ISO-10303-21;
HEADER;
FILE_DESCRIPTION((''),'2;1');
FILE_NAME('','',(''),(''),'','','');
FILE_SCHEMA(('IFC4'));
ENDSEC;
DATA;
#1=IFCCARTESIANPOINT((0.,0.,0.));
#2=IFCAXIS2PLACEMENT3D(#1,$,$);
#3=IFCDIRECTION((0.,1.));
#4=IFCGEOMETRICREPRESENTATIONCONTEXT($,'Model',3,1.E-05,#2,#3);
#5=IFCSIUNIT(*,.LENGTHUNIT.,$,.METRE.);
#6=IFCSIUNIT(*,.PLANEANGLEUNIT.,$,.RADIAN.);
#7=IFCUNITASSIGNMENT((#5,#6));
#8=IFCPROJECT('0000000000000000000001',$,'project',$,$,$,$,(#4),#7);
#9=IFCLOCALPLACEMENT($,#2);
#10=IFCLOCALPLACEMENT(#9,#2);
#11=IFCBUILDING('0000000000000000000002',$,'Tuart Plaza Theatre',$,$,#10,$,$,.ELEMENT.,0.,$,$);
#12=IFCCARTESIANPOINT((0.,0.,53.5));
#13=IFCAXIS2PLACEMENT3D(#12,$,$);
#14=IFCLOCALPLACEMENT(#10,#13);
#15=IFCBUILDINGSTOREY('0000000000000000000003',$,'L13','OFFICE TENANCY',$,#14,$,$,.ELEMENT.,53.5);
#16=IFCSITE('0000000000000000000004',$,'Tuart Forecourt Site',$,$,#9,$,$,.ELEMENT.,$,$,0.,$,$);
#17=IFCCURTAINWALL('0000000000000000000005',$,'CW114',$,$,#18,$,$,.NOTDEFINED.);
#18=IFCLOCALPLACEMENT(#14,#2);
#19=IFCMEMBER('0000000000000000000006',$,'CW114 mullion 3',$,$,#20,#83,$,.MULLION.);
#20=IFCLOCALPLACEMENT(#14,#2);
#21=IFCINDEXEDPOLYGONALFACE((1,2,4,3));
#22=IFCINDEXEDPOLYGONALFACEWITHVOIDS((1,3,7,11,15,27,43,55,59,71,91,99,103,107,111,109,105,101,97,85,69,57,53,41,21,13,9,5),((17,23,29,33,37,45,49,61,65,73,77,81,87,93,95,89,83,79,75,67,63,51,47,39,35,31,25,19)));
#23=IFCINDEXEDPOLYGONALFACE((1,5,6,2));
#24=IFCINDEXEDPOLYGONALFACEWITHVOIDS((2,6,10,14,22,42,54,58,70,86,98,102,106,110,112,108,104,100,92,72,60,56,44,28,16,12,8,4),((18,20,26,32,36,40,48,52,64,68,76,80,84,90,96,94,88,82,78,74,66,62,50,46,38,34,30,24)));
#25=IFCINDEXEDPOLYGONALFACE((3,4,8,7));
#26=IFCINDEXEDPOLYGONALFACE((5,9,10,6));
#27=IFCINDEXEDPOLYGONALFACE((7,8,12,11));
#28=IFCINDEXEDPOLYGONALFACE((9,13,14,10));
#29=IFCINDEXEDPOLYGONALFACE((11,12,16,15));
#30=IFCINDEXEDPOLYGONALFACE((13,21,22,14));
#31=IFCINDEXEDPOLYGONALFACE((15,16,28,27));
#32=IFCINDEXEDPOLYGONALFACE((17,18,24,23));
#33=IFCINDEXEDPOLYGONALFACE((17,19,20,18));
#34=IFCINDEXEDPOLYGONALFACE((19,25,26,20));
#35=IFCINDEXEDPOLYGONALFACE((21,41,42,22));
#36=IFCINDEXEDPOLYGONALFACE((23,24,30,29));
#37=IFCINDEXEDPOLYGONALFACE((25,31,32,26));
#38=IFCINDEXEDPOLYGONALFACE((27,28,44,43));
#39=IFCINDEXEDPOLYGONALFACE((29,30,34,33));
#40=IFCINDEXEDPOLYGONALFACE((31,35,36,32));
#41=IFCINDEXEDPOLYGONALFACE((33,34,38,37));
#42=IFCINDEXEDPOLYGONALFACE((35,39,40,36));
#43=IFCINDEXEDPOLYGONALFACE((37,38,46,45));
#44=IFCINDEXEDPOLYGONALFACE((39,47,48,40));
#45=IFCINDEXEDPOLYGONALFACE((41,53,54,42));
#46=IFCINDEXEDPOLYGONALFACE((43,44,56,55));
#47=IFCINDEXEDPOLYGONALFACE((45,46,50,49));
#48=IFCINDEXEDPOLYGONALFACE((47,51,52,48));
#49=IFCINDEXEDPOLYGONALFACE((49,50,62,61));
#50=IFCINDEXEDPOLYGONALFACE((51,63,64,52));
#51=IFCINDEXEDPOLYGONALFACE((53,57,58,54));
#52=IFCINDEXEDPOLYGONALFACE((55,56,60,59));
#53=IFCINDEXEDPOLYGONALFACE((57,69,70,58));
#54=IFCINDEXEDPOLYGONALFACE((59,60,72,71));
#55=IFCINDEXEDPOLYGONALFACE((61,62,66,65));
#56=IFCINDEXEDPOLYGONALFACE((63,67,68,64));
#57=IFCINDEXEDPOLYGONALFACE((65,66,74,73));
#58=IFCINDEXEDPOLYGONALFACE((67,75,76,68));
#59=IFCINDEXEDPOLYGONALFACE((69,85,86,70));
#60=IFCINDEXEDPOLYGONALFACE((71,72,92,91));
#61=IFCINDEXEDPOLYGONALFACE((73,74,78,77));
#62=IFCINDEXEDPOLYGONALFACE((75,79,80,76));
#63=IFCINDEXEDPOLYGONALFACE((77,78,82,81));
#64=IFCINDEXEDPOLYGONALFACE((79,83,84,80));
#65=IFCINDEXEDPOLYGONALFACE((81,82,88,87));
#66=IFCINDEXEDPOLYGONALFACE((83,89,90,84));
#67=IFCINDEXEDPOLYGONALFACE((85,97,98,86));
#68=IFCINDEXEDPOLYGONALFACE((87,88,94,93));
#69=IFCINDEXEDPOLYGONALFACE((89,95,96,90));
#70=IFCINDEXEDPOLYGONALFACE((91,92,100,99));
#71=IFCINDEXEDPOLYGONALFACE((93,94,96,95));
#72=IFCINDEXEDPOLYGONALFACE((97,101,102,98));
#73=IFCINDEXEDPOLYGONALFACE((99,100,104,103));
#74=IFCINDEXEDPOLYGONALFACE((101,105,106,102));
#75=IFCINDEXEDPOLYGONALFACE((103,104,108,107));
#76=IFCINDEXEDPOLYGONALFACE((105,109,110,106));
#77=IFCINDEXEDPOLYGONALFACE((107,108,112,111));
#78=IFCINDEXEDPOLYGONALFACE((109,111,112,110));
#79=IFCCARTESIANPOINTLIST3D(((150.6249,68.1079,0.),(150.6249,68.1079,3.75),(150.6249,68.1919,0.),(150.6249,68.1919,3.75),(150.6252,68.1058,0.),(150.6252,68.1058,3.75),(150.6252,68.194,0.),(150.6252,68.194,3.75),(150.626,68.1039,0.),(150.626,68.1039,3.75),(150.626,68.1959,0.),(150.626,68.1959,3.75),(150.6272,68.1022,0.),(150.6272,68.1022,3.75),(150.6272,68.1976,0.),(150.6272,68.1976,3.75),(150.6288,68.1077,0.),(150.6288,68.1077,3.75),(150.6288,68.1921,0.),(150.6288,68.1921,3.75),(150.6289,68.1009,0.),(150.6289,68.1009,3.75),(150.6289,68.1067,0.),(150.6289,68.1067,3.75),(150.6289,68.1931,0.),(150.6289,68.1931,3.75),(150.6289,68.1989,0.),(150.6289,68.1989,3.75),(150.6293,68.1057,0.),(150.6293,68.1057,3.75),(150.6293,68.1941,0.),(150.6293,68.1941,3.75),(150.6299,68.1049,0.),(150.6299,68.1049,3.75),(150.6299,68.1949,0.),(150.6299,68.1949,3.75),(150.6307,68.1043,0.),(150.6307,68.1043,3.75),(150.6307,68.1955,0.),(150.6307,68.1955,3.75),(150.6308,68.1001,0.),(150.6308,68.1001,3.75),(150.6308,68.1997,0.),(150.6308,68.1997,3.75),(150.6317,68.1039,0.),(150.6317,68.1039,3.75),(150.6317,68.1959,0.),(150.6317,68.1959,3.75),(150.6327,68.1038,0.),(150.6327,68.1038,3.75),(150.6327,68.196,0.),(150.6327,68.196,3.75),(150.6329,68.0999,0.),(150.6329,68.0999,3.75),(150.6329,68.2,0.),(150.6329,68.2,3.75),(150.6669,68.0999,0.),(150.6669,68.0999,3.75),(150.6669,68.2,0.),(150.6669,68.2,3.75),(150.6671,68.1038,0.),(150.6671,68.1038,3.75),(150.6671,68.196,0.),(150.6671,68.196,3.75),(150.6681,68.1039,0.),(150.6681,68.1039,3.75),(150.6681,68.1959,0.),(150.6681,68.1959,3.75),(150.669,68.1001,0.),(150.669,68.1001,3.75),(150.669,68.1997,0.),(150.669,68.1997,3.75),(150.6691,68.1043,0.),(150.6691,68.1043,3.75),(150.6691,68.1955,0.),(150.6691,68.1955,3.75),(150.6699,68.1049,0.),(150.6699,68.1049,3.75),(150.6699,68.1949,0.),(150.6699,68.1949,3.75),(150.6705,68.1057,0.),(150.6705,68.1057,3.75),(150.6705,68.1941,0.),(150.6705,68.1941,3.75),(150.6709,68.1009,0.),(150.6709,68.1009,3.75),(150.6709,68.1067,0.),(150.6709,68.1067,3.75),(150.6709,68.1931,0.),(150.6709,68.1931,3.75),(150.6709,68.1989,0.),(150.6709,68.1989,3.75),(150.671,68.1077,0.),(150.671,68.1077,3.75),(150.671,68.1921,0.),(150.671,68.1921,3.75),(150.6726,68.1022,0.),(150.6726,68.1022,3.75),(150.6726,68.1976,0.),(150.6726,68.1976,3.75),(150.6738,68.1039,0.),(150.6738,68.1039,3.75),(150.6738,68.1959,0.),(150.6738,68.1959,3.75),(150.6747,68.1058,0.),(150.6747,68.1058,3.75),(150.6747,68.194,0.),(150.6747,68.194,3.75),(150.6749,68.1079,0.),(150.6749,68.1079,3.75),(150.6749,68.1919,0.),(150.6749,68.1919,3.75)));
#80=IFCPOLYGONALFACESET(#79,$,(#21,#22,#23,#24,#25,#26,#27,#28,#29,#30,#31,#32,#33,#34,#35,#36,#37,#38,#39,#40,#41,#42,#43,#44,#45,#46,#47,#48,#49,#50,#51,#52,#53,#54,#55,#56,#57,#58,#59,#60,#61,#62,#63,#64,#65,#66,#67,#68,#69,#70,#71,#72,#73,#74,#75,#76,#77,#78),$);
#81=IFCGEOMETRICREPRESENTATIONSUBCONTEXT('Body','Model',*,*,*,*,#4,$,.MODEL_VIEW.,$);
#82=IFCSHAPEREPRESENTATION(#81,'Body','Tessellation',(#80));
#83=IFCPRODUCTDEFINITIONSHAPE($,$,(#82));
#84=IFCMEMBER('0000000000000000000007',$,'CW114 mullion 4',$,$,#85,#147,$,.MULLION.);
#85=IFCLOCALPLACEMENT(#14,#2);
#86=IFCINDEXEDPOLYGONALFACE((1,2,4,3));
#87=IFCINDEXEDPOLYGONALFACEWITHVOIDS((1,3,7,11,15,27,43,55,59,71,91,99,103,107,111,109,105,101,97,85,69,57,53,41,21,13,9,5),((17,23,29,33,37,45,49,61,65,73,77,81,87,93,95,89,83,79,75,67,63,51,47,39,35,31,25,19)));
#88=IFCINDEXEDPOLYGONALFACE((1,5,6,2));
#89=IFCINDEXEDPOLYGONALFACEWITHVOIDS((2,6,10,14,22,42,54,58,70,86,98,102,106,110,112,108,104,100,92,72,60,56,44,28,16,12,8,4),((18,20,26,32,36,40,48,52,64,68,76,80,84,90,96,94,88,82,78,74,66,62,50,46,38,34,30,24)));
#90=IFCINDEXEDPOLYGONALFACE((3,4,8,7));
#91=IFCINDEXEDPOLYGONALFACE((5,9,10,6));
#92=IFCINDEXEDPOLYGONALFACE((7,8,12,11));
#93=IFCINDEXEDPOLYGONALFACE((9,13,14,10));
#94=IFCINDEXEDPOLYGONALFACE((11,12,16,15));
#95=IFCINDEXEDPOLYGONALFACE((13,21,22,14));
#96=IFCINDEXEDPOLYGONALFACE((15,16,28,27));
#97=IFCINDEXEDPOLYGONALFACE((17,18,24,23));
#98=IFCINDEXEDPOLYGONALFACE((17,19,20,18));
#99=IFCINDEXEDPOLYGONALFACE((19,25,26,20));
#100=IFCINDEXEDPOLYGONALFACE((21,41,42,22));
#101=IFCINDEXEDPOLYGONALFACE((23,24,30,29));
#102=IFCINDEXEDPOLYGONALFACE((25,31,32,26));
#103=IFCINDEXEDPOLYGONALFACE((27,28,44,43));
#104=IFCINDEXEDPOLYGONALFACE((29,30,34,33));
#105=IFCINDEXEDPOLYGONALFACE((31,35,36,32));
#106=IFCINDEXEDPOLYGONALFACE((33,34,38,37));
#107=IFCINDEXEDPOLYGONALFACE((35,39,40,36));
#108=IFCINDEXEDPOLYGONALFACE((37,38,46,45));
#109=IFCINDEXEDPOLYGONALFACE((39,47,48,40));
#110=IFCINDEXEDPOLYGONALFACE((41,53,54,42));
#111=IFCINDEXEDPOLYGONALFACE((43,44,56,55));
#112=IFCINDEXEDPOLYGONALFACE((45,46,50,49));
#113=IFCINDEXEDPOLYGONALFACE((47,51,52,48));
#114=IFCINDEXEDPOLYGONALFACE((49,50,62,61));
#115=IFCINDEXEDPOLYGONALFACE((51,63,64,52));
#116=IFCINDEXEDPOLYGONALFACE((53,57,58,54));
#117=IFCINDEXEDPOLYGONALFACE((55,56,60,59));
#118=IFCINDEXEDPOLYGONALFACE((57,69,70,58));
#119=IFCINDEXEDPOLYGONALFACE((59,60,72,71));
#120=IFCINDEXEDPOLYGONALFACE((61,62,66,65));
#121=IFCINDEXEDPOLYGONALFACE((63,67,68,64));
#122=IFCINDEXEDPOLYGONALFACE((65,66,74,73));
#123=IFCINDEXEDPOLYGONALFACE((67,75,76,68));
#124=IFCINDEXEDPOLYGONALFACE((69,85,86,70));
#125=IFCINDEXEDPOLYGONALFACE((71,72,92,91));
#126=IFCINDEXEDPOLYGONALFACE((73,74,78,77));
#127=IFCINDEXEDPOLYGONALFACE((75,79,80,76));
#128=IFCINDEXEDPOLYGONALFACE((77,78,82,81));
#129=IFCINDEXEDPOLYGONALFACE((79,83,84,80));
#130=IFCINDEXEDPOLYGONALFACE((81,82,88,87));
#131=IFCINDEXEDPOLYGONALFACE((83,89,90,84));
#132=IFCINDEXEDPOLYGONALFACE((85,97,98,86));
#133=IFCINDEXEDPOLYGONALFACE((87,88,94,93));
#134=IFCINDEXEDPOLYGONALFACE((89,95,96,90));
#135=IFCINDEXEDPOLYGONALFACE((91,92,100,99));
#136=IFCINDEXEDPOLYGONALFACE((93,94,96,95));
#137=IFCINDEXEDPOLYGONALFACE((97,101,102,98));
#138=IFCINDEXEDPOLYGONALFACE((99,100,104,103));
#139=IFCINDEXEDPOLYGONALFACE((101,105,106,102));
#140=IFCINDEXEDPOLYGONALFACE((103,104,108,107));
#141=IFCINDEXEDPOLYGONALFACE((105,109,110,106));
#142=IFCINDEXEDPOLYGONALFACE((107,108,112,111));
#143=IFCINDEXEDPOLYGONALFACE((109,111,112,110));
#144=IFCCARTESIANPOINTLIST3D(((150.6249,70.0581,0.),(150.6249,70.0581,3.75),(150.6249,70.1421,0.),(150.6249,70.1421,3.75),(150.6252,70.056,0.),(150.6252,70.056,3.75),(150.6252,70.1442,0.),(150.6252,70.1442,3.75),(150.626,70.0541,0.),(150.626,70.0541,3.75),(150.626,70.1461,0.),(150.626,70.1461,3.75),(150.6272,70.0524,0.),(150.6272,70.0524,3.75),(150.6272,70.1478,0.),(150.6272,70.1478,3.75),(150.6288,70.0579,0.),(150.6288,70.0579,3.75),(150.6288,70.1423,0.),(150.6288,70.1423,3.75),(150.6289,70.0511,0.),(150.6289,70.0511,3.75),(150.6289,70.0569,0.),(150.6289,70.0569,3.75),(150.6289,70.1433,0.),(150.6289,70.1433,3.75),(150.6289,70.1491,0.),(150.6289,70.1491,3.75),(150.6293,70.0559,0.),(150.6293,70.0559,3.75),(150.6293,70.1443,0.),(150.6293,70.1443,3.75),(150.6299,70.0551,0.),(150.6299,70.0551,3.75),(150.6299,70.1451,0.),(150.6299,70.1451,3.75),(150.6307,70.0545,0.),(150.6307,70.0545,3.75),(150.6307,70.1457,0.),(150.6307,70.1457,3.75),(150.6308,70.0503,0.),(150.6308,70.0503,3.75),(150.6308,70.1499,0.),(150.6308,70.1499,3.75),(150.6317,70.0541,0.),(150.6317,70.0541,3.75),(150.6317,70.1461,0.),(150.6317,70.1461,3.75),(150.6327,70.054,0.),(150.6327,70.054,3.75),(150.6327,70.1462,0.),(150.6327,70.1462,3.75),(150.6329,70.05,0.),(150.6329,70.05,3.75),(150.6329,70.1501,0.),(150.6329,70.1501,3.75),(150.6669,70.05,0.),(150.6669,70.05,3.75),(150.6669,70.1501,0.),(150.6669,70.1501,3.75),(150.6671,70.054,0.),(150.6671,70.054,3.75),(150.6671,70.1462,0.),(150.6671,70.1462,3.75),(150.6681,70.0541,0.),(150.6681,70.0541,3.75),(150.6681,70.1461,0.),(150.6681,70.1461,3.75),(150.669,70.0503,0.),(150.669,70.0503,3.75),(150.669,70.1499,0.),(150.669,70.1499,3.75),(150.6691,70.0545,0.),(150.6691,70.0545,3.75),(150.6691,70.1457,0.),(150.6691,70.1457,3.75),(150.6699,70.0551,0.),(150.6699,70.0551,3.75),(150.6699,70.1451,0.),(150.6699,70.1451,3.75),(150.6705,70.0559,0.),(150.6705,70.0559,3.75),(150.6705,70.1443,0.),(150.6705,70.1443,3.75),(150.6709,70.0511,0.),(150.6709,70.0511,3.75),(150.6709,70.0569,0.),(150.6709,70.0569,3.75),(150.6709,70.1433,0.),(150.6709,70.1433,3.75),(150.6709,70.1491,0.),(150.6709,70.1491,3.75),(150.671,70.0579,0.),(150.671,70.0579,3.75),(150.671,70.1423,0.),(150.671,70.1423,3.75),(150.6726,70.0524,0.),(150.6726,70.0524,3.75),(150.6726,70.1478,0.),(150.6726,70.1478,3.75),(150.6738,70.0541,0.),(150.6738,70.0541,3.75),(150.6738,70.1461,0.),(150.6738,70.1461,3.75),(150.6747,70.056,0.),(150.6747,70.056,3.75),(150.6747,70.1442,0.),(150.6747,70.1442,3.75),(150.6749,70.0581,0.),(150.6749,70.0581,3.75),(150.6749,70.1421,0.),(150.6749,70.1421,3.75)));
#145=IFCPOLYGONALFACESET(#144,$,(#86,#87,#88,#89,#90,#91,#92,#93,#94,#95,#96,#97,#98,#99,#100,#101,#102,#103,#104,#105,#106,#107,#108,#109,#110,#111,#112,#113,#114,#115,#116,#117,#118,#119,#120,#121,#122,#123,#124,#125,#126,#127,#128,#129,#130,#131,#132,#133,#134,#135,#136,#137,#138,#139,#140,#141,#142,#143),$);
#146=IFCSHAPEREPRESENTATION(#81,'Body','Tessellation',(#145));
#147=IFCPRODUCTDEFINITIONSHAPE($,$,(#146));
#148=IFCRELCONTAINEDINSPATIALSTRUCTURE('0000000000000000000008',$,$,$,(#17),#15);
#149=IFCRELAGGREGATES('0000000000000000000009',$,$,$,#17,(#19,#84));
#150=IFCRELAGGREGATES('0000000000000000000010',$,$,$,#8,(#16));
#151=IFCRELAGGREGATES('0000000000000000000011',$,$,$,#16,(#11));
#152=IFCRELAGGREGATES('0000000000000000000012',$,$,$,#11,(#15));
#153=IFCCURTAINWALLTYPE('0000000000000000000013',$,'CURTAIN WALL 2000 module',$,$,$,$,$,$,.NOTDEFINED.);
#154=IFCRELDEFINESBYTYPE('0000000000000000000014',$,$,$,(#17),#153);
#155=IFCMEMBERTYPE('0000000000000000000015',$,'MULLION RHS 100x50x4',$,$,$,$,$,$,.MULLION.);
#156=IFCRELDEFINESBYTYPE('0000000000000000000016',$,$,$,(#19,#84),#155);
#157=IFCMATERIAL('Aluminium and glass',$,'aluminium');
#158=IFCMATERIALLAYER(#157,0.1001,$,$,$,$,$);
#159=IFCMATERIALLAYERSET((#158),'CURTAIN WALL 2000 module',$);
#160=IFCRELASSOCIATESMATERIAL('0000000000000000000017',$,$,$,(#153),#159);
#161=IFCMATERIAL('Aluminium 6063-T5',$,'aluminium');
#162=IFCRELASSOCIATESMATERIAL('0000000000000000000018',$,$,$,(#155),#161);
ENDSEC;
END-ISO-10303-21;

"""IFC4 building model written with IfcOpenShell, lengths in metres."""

from ifc_helpers import new_model, si_unit, direction, frame, origin, origin_2d, place, context, subcontext, project, spatial, hollow_rectangle, extrude, material, layer, layer_set, material_profile, profile_set, type_object, element, aggregate, save


model = new_model("IFC4")

# Units and contexts
model_context = context("Model", 3, precision=1e-05, world=origin(), true_north=direction((0.0, 1.0)))
body_context = subcontext(model_context, "Body", "Model", "MODEL_VIEW")
ifc_project = project(units=[si_unit("LENGTHUNIT", "METRE"), si_unit("PLANEANGLEUNIT", "RADIAN")], contexts=[model_context])

# Site, building, storey
site_placement = place(None, origin())
site = spatial("IfcSite", under=ifc_project, at=site_placement, Name="Tuart Forecourt Site", CompositionType="ELEMENT", RefElevation=0.0)
building_placement = place(site_placement, origin())
building = spatial("IfcBuilding", under=site, at=building_placement, Name="Tuart Plaza Theatre", CompositionType="ELEMENT", ElevationOfRefHeight=0.0)
storey_placement = place(building_placement, frame((0.0, 0.0, 53.5)))
storey = spatial("IfcBuildingStorey", under=building, at=storey_placement, Name="L13", Description="OFFICE TENANCY", CompositionType="ELEMENT", Elevation=53.5)

# Shared definitions
ifc_material_1 = material(Name="Aluminium and glass", Category="aluminium")
ifc_layer_1 = layer(ifc_material_1, 0.1001)
ifc_layer_set_1 = layer_set([ifc_layer_1], Name="CURTAIN WALL 2000 module")
curtain_wall_type = type_object("IfcCurtainWallType", Name="CURTAIN WALL 2000 module", PredefinedType="NOTDEFINED", material=ifc_layer_set_1)
ifc_material_2 = material(Name="Aluminium 6063-T5", Category="aluminium")
ifc_material_profile_1 = material_profile(ifc_material_2, hollow_rectangle(XDim=0.05, YDim=0.1001, WallThickness=0.0039, InnerFilletRadius=0.0039, OuterFilletRadius=0.0081, at=origin_2d()), Name="RHS 100x50x4")
ifc_profile_set_1 = profile_set([ifc_material_profile_1], Name="Aluminium 6063-T5")
member_type_1 = type_object("IfcMemberType", Name="MULLION RHS 100x50x4", PredefinedType="MULLION", material=ifc_profile_set_1)

# Curtain wall, members
curtain_wall_1_placement = place(storey_placement, origin())
curtain_wall_1 = element("IfcCurtainWall", 1, at=curtain_wall_1_placement, inside=storey, type_object=curtain_wall_type, Name="CW114", PredefinedType="NOTDEFINED")
member_1_placement = place(storey_placement, frame((150.6499, 68.1499, 0.0), z_axis=(0.0, 0.0, 1.0), x_axis=(-1.0, 0.0, 0.0)))
member_1 = element("IfcMember", 2, at=member_1_placement, type_object=member_type_1, Name="CW114 mullion 3", PredefinedType="MULLION", context=body_context, shape_type="SweptSolid", body=[
    extrude(hollow_rectangle(XDim=0.05, YDim=0.1001, WallThickness=0.0039, InnerFilletRadius=0.0039, OuterFilletRadius=0.0081, at=origin_2d()), origin(), (0.0, 0.0, 1.0), 3.75),
])
member_2_placement = place(storey_placement, frame((150.6499, 70.1001, 0.0), z_axis=(0.0, 0.0, 1.0), x_axis=(-1.0, 0.0, 0.0)))
member_2 = element("IfcMember", 3, at=member_2_placement, type_object=member_type_1, Name="CW114 mullion 4", PredefinedType="MULLION", context=body_context, shape_type="SweptSolid", body=[
    extrude(hollow_rectangle(XDim=0.05, YDim=0.1001, WallThickness=0.0039, InnerFilletRadius=0.0039, OuterFilletRadius=0.0081, at=origin_2d()), origin(), (0.0, 0.0, 1.0), 3.75),
])

aggregate(curtain_wall_1, [member_1, member_2])

save(model, "model.ifc")
